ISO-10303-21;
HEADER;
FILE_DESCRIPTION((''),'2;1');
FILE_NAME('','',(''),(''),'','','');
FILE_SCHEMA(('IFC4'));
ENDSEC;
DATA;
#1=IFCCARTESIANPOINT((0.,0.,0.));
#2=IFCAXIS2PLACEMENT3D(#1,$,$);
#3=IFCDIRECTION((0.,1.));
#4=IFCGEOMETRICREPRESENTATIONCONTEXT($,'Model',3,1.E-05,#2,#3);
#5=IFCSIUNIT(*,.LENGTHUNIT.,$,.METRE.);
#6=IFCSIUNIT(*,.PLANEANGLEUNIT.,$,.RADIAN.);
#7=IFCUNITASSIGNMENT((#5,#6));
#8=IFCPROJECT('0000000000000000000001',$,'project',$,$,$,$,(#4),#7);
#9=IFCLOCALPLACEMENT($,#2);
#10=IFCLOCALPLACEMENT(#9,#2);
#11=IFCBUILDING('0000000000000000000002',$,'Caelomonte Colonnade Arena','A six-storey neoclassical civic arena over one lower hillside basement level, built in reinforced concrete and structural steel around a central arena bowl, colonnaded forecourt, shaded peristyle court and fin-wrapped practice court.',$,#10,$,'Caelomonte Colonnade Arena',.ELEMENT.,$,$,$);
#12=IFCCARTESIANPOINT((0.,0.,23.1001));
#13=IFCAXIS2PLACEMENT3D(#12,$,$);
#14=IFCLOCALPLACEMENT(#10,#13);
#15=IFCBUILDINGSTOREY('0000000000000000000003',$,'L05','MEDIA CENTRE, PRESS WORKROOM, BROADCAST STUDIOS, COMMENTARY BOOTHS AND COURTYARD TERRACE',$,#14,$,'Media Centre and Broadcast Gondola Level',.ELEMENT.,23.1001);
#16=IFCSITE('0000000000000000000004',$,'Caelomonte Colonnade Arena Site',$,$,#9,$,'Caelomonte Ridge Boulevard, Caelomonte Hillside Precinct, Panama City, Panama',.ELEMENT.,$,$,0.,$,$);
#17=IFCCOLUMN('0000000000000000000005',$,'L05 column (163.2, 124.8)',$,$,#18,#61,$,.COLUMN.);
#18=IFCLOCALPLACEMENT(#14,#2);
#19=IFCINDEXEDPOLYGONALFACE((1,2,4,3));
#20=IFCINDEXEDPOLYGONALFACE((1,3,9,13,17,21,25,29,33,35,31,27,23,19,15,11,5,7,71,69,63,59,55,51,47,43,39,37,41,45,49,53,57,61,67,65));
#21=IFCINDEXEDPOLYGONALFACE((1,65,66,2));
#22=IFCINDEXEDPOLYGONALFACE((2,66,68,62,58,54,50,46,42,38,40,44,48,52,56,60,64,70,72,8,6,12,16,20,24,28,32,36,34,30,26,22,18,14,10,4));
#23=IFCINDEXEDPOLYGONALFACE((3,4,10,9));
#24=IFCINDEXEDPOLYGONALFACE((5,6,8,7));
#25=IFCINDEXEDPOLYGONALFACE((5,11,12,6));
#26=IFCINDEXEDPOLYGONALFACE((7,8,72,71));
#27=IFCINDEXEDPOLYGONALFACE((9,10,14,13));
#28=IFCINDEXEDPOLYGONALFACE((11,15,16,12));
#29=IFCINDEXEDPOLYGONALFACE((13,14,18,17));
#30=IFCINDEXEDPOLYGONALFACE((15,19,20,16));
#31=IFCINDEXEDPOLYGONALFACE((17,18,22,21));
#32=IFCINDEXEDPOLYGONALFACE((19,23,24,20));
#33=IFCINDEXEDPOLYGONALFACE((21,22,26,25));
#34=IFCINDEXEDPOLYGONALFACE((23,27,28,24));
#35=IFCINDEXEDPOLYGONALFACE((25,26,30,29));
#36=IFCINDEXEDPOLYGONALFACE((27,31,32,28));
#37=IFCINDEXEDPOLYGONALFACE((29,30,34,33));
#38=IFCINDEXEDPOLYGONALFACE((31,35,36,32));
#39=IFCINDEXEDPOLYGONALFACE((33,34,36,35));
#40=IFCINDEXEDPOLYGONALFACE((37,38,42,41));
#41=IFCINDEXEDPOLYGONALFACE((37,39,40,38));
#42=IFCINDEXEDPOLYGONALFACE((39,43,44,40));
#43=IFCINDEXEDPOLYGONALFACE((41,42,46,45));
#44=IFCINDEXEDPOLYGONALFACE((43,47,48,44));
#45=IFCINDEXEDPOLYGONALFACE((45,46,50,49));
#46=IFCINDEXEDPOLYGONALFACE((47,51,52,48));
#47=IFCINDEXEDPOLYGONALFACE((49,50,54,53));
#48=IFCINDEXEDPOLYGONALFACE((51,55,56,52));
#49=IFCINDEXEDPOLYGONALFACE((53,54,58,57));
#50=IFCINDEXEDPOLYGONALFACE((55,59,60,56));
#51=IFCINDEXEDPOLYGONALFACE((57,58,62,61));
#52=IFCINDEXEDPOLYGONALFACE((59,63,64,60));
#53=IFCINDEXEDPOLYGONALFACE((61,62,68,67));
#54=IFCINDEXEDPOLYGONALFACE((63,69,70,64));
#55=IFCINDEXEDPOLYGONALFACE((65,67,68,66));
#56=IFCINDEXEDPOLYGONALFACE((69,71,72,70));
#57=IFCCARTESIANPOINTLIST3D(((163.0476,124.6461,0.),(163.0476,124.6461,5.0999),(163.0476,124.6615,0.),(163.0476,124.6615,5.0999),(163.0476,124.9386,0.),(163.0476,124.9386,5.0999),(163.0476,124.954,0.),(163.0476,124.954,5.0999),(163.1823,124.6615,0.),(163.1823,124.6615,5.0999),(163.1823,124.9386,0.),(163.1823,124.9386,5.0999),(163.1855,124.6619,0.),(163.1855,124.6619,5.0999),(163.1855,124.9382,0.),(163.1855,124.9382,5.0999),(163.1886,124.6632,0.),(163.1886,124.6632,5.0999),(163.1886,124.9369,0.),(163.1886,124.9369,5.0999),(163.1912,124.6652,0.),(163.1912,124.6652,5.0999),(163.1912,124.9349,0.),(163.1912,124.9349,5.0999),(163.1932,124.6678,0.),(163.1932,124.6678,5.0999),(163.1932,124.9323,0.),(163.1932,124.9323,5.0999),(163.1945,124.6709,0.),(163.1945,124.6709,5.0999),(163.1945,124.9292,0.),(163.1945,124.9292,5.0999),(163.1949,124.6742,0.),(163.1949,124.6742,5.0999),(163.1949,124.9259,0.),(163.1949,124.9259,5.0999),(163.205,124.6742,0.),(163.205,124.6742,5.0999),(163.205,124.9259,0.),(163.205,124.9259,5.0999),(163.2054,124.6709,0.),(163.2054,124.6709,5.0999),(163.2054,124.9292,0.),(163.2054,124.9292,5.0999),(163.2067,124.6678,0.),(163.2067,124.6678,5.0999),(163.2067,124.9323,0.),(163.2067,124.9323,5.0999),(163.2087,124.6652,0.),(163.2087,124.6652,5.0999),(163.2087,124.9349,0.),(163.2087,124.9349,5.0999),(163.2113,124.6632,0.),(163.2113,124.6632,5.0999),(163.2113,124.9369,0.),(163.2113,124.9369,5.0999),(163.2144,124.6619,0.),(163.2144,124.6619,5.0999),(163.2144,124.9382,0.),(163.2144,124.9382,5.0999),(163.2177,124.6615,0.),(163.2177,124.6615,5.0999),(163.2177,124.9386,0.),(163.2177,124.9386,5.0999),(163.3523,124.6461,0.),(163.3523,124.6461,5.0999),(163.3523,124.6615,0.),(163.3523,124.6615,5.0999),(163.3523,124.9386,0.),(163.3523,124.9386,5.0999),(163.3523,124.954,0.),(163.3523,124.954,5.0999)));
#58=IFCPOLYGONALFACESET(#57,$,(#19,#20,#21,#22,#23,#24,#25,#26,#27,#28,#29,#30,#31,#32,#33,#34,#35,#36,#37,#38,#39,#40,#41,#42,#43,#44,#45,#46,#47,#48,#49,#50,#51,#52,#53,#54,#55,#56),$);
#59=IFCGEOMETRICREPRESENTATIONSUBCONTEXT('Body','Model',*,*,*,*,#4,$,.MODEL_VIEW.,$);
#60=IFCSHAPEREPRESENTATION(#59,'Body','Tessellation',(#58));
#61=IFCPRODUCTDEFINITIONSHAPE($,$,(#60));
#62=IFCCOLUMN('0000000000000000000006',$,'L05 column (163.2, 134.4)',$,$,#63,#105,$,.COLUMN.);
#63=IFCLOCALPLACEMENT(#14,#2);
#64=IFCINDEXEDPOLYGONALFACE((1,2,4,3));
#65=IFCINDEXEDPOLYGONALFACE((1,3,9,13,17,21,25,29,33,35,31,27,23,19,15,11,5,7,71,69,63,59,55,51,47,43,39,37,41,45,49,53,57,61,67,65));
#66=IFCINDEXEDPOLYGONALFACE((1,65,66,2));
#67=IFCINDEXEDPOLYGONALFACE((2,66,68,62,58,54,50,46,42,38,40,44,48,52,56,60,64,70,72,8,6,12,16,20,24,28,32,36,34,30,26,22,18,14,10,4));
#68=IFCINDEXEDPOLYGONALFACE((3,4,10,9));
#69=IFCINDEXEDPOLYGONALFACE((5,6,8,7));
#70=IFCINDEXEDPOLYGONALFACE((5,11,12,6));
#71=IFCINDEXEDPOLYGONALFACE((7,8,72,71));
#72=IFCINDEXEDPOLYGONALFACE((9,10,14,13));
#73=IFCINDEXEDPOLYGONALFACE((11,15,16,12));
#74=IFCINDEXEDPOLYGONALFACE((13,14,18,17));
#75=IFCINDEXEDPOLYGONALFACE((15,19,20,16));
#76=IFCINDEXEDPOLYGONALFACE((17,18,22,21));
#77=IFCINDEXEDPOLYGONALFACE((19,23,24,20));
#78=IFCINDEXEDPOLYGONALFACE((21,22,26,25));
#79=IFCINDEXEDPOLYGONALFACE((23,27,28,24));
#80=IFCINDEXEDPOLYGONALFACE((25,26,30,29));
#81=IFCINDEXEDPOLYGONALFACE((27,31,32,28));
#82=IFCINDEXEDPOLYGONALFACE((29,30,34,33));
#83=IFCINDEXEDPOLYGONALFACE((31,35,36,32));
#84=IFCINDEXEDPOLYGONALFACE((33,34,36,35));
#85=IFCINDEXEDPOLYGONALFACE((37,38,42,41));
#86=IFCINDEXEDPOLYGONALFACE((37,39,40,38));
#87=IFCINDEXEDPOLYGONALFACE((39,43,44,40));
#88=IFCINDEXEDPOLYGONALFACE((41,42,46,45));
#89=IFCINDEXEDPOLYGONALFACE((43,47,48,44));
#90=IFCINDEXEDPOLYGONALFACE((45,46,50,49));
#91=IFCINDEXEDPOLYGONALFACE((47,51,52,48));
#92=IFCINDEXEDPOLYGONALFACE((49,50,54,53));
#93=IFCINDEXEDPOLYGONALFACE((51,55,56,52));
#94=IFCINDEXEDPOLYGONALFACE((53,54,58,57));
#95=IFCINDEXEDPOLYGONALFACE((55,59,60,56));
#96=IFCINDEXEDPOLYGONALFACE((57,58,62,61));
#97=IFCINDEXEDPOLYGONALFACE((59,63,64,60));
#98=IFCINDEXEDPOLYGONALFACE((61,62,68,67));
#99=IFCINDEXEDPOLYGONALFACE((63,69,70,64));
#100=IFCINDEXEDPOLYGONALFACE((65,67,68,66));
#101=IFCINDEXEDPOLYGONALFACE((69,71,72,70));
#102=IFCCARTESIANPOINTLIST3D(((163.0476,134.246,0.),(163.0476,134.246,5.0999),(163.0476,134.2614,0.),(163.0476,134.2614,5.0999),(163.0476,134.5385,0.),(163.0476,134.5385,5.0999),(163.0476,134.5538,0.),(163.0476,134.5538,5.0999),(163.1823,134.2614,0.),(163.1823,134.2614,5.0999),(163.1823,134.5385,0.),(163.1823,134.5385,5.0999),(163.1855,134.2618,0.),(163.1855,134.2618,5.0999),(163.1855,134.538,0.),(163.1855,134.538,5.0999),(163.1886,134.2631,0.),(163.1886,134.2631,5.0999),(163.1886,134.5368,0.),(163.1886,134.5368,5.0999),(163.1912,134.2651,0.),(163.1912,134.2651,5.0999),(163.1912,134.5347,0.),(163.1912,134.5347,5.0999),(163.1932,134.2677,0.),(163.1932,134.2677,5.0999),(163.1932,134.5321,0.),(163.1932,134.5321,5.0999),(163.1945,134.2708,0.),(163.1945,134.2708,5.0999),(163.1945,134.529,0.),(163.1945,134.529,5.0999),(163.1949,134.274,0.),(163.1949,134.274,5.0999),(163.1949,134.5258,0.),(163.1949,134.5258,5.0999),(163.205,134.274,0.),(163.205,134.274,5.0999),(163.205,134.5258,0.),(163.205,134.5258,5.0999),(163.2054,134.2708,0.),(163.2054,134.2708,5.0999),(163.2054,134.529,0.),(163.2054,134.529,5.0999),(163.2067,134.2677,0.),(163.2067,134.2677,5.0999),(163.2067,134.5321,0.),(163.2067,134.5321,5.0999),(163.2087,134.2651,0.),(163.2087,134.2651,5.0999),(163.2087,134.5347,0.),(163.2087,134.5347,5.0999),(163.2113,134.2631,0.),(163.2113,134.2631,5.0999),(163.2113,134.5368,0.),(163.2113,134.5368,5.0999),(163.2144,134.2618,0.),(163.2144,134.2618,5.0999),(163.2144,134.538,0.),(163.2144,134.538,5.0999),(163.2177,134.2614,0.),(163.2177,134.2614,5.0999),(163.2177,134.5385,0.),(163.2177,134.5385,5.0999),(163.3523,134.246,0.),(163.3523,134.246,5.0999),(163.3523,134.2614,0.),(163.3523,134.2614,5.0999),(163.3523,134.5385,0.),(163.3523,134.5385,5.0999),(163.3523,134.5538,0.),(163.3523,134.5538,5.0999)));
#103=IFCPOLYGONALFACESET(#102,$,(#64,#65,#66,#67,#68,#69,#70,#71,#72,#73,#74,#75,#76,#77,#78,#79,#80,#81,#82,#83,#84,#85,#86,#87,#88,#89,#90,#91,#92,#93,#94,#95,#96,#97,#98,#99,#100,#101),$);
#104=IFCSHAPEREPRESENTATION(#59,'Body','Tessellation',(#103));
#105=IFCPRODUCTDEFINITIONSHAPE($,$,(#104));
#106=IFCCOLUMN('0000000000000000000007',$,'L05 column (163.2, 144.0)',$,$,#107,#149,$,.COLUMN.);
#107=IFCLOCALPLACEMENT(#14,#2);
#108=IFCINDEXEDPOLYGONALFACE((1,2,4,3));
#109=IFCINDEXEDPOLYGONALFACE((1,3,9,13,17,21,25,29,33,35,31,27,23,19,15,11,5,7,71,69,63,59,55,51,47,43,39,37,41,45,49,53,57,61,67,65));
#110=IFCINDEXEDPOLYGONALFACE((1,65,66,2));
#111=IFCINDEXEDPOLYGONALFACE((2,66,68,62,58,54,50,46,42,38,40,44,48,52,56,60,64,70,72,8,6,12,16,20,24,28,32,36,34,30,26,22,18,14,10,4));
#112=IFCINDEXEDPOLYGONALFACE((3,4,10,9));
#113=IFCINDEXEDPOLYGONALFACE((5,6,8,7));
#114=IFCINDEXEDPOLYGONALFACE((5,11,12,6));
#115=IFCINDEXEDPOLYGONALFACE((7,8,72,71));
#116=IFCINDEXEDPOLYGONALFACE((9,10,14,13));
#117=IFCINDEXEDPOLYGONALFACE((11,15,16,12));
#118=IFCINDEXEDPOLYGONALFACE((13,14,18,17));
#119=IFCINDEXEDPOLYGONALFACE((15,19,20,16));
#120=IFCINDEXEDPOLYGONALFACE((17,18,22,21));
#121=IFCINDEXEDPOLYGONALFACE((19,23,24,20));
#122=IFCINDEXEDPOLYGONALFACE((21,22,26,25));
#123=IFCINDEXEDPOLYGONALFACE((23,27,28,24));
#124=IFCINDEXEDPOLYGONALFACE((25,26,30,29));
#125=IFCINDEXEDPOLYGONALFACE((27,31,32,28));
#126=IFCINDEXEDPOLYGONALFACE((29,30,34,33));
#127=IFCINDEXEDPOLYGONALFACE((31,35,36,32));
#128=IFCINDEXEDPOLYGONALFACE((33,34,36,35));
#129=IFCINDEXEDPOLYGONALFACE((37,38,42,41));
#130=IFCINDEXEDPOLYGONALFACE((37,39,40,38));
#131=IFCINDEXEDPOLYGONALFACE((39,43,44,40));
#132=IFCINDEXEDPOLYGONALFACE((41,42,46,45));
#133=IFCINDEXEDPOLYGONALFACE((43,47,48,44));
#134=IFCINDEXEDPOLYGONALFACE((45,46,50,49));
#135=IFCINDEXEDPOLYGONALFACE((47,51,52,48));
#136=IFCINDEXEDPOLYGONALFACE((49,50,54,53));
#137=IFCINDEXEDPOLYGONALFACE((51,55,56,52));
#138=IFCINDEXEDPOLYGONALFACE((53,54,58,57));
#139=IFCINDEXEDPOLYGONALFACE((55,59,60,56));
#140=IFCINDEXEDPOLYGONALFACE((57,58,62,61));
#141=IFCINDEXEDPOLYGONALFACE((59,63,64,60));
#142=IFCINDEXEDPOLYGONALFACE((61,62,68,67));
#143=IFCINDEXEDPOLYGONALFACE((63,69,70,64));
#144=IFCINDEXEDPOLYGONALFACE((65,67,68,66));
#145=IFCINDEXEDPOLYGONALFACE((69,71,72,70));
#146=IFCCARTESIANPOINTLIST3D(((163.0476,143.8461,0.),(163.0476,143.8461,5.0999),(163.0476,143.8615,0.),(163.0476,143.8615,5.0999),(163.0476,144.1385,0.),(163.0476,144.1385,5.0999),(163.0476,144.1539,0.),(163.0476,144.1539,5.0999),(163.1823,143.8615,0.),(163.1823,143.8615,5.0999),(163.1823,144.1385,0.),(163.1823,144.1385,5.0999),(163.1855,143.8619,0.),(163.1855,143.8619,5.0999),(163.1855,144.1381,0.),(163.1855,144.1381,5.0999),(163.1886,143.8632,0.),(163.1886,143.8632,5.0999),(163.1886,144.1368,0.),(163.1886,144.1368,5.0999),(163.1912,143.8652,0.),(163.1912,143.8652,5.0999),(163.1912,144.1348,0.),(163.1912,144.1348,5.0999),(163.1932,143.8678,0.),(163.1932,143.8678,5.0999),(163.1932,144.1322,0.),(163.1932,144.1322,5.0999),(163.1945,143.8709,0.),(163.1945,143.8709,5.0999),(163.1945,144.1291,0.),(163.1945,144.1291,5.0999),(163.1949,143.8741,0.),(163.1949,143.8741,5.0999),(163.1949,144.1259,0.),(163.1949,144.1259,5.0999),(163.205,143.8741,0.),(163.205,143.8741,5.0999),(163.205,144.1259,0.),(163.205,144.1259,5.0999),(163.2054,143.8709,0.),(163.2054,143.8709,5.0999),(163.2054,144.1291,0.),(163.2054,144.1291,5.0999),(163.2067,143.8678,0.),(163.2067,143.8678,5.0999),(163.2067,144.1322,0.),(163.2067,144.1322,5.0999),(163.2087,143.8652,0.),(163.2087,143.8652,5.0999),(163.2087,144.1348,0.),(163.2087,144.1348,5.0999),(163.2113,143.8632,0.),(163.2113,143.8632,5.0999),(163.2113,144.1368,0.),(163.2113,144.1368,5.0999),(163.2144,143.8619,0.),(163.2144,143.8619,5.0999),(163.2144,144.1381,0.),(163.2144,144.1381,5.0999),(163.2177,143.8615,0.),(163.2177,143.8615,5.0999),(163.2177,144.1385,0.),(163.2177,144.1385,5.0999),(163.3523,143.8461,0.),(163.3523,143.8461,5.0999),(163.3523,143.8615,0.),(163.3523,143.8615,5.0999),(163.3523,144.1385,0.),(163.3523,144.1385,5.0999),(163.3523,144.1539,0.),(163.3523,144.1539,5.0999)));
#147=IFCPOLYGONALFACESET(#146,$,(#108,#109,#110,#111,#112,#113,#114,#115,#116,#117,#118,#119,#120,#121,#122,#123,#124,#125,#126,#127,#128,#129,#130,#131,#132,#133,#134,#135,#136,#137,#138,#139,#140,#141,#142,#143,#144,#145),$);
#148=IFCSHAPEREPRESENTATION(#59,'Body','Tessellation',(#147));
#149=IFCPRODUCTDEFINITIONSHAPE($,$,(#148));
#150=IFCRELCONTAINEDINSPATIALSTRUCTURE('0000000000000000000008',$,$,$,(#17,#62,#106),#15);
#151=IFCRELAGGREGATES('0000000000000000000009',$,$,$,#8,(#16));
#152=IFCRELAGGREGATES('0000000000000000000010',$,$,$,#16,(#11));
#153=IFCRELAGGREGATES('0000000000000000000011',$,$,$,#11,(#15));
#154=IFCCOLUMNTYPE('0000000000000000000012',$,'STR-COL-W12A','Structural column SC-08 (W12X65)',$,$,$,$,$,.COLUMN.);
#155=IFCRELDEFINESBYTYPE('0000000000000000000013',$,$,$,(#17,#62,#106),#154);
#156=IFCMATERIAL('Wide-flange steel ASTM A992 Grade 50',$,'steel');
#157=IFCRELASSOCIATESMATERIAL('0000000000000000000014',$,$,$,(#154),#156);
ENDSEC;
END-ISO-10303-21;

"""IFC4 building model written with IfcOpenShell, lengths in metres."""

from ifc_helpers import new_model, si_unit, direction, frame, origin, origin_2d, place, context, subcontext, project, spatial, i_section, extrude, material, material_profile, profile_set, type_object, element, save


model = new_model("IFC4")

# Units and contexts
model_context = context("Model", 3, precision=1e-05, world=origin(), true_north=direction((0.0, 1.0)))
body_context = subcontext(model_context, "Body", "Model", "MODEL_VIEW")
ifc_project = project(units=[si_unit("LENGTHUNIT", "METRE"), si_unit("PLANEANGLEUNIT", "RADIAN")], contexts=[model_context])

# Site, building, storey
site_placement = place(None, origin())
site = spatial("IfcSite", under=ifc_project, at=site_placement, Name="Caelomonte Colonnade Arena Site", LongName="Caelomonte Ridge Boulevard, Caelomonte Hillside Precinct, Panama City, Panama", CompositionType="ELEMENT", RefElevation=0.0)
building_placement = place(site_placement, origin())
building = spatial("IfcBuilding", under=site, at=building_placement, Name="Caelomonte Colonnade Arena", Description="A six-storey neoclassical civic arena over one lower hillside basement level, built in reinforced concrete and structural steel around a central arena bowl, colonnaded forecourt, shaded peristyle court and fin-wrapped practice court.", LongName="Caelomonte Colonnade Arena", CompositionType="ELEMENT")
storey_placement = place(building_placement, frame((0.0, 0.0, 23.1001)))
storey = spatial("IfcBuildingStorey", under=building, at=storey_placement, Name="L05", Description="MEDIA CENTRE, PRESS WORKROOM, BROADCAST STUDIOS, COMMENTARY BOOTHS AND COURTYARD TERRACE", LongName="Media Centre and Broadcast Gondola Level", CompositionType="ELEMENT", Elevation=23.1001)

# Columns
ifc_material_1 = material(Name="Wide-flange steel ASTM A992 Grade 50", Category="steel")
ifc_material_profile_1 = material_profile(ifc_material_1, i_section(OverallWidth=0.3047, OverallDepth=0.3079, WebThickness=0.01, FlangeThickness=0.0154, FilletRadius=0.0127, at=origin_2d()), Name="W12X65")
ifc_profile_set_1 = profile_set([ifc_material_profile_1], Name="Wide-flange steel ASTM A992 Grade 50")
column_type = type_object("IfcColumnType", Name="STR-COL-W12A", Description="Structural column SC-08 (W12X65)", PredefinedType="COLUMN", material=ifc_profile_set_1)
for number, where, z_axis, x_axis, name in (
    (1, (163.2, 124.8, 0.0), (0.0, 0.0, 1.0), (1.0, 0.0, 0.0), "L05 column (163.2, 124.8)"),
    (2, (163.2, 134.3999, 0.0), (0.0, 0.0, 1.0), (1.0, 0.0, 0.0), "L05 column (163.2, 134.4)"),
    (3, (163.2, 144.0, 0.0), (0.0, 0.0, 1.0), (1.0, 0.0, 0.0), "L05 column (163.2, 144.0)"),
):
    element("IfcColumn", number, at=place(storey_placement, frame(where, z_axis=z_axis, x_axis=x_axis)), inside=storey, type_object=column_type, Name=name, PredefinedType="COLUMN", context=body_context, shape_type="SweptSolid", body=[
        extrude(i_section(OverallWidth=0.3047, OverallDepth=0.3079, WebThickness=0.01, FlangeThickness=0.0154, FilletRadius=0.0127, at=origin_2d()), origin(), (0.0, 0.0, 1.0), 5.0999),
    ])

save(model, "model.ifc")
